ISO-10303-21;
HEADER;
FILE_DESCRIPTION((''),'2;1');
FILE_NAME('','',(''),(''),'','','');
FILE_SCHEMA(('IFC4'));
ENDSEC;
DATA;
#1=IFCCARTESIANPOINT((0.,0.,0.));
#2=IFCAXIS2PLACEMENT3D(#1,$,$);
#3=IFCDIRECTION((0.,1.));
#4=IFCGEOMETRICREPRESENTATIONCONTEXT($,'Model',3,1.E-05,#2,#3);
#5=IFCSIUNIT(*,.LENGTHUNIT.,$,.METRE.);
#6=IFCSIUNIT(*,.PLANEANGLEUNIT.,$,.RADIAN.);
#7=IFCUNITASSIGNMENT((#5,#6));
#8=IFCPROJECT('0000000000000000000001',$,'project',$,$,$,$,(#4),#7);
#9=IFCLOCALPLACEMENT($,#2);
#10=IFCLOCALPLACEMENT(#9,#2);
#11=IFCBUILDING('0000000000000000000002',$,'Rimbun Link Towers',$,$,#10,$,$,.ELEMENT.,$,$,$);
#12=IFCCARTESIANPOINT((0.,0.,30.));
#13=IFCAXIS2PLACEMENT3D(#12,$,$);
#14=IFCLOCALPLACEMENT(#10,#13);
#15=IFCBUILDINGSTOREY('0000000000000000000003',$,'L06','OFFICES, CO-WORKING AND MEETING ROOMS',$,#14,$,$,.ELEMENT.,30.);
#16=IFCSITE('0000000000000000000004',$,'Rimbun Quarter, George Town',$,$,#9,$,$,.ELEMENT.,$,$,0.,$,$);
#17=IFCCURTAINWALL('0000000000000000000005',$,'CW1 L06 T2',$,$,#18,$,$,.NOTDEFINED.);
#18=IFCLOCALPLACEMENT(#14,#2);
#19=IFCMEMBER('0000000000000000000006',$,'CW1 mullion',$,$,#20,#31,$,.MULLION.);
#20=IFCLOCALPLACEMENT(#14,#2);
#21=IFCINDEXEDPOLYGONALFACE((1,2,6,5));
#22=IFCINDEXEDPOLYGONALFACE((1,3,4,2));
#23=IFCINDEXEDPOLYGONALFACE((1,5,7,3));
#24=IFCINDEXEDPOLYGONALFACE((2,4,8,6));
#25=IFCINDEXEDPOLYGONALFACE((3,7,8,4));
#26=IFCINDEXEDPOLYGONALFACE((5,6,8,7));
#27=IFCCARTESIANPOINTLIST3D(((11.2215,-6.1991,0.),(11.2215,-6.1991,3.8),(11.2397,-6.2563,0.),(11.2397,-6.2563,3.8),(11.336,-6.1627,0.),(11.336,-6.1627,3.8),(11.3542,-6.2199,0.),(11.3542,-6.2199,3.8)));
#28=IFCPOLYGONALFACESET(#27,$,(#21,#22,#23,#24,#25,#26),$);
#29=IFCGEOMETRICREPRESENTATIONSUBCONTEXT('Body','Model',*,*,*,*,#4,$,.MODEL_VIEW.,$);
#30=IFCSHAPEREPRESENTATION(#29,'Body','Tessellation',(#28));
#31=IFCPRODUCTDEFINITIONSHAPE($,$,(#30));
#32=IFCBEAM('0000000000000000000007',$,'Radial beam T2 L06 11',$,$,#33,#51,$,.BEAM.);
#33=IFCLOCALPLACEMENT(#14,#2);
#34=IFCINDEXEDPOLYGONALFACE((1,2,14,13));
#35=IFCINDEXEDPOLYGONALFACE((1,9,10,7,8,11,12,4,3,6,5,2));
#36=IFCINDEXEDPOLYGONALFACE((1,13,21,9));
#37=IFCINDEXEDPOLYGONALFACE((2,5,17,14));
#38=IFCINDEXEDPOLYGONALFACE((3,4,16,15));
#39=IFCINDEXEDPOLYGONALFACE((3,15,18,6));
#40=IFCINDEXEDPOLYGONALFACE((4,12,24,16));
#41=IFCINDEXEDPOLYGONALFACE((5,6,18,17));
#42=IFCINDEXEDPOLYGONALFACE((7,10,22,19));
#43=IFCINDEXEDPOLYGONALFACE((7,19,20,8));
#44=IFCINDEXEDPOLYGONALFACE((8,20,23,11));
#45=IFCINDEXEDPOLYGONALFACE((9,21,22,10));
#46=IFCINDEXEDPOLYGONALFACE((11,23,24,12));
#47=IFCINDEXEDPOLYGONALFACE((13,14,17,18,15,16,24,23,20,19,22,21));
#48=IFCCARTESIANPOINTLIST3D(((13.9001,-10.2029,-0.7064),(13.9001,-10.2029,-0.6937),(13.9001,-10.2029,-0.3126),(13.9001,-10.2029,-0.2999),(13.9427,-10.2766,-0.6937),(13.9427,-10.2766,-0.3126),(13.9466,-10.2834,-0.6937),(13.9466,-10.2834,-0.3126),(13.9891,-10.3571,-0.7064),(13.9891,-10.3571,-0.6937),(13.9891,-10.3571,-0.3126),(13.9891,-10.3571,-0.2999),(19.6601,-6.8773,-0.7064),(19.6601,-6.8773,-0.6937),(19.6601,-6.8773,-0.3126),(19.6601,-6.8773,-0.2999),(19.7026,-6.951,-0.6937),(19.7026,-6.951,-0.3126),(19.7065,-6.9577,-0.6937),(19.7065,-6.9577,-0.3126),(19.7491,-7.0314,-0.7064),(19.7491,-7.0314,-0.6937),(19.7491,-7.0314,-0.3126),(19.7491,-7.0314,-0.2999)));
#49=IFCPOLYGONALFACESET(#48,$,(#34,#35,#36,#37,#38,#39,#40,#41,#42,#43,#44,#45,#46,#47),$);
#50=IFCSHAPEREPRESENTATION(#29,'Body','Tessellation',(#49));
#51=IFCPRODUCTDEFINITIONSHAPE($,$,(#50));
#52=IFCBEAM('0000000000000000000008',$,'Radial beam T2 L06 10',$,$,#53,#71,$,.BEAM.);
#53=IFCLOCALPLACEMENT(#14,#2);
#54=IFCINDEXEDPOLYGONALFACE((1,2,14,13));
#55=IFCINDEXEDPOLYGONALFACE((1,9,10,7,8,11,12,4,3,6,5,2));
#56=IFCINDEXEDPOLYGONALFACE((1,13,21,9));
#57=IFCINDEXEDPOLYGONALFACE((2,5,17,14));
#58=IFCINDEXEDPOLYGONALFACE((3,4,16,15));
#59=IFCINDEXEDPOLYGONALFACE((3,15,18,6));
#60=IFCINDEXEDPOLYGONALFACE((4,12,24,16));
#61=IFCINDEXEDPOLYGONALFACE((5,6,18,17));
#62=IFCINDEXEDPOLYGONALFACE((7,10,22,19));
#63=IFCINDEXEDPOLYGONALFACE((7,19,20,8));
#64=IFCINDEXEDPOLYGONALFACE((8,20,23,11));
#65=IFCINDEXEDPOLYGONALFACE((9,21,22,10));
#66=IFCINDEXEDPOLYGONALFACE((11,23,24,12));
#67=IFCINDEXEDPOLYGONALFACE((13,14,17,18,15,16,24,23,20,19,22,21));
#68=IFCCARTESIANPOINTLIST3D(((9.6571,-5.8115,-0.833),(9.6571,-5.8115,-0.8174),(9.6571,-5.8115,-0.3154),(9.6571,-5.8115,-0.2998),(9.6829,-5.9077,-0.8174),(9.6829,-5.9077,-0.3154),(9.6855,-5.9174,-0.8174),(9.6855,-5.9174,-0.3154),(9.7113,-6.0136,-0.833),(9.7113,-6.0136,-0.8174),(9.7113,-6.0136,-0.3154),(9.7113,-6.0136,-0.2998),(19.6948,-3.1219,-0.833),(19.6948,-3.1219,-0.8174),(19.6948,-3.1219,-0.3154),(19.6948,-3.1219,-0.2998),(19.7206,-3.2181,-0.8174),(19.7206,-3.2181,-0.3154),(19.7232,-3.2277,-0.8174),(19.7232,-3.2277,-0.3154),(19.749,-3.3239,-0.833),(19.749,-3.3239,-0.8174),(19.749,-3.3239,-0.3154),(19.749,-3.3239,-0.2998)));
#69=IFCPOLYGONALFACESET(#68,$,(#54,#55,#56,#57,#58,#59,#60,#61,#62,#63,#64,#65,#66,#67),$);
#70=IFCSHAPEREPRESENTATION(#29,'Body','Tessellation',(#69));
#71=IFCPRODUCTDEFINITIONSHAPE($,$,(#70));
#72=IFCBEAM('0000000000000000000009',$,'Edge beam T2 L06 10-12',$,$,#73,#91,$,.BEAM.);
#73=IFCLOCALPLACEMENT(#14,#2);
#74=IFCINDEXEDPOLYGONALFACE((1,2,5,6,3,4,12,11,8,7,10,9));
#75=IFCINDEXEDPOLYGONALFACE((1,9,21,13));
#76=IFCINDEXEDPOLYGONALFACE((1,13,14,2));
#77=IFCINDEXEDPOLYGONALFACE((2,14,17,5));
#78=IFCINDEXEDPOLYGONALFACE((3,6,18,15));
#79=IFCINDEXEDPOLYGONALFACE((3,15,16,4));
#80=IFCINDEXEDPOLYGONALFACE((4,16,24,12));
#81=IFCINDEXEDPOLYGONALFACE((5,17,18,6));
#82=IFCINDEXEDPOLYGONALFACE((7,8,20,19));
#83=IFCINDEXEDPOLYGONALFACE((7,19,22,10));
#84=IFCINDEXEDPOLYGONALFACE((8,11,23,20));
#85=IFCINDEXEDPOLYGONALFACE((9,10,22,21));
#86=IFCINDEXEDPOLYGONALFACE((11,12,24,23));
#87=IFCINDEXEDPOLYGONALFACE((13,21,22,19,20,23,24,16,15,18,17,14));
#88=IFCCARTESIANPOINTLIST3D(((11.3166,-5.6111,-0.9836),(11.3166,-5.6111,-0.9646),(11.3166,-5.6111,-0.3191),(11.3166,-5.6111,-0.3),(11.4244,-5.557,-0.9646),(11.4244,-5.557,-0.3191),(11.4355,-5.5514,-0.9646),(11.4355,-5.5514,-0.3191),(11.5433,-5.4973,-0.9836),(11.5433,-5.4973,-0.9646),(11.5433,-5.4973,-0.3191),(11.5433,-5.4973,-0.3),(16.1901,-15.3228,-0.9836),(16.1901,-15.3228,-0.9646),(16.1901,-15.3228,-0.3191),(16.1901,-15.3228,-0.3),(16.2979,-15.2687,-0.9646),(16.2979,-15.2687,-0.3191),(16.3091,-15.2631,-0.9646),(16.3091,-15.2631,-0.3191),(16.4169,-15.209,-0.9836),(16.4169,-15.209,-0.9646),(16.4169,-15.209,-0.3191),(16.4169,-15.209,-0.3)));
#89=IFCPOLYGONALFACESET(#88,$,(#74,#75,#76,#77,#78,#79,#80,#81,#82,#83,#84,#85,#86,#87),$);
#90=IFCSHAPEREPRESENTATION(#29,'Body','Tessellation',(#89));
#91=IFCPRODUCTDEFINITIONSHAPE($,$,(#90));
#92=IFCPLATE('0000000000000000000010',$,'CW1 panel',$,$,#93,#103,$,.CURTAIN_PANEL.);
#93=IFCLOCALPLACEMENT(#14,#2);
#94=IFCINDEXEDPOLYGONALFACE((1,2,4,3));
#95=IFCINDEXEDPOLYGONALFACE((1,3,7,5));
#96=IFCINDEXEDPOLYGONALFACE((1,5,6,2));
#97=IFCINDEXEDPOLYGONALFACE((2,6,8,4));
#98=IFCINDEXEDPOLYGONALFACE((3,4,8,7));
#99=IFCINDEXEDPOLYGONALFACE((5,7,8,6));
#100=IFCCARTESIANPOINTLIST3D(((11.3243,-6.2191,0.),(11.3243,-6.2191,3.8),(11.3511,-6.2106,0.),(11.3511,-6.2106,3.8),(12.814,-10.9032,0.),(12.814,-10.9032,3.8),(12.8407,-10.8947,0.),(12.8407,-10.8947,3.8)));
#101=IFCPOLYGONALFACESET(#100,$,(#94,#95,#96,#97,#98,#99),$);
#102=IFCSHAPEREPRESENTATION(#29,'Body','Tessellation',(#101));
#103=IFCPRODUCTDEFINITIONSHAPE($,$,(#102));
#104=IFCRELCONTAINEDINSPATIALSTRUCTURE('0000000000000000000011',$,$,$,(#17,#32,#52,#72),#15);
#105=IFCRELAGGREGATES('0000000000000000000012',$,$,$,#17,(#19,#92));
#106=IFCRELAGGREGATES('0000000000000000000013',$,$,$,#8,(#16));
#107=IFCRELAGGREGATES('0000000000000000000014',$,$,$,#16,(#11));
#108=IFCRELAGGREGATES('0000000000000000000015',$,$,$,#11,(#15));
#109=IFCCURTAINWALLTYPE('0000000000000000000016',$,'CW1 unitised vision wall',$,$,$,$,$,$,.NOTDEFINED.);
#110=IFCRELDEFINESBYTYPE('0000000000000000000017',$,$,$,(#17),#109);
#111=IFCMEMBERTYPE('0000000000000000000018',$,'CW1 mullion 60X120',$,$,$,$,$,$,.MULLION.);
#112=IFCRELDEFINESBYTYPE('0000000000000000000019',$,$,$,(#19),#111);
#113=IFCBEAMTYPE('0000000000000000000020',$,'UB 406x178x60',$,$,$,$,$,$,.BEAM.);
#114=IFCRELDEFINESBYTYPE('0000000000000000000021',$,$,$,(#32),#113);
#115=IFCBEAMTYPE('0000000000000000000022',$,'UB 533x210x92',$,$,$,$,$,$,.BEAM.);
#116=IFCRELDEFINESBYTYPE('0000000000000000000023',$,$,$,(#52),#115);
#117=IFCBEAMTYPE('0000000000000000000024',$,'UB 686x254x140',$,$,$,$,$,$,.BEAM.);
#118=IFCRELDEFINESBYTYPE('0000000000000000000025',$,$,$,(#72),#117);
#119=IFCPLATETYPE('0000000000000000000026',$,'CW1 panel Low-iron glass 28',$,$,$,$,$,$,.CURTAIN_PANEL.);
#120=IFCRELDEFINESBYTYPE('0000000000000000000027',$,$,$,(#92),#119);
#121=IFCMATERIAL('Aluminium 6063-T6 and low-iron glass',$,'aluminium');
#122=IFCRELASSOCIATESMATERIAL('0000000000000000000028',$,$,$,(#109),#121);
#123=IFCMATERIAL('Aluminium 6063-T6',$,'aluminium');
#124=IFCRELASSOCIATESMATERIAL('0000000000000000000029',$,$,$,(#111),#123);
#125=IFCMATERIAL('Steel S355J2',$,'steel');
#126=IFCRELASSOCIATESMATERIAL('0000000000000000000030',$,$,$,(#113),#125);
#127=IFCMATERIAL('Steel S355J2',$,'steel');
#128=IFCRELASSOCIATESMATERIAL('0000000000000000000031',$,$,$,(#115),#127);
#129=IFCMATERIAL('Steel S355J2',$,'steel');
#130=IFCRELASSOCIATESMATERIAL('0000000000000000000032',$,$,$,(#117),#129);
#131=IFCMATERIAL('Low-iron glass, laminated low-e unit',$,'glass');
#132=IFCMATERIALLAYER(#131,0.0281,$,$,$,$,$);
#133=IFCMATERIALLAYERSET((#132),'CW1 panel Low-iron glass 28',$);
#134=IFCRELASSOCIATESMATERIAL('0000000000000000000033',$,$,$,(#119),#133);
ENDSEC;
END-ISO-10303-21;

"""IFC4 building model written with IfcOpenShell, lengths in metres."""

from ifc_helpers import new_model, si_unit, direction, frame, origin, origin_2d, place, context, subcontext, project, spatial, rectangle, i_section, extrude, material, layer, layer_set, material_profile, profile_set, type_object, element, aggregate, save


model = new_model("IFC4")

# Units and contexts
model_context = context("Model", 3, precision=1e-05, world=origin(), true_north=direction((0.0, 1.0)))
body_context = subcontext(model_context, "Body", "Model", "MODEL_VIEW")
ifc_project = project(units=[si_unit("LENGTHUNIT", "METRE"), si_unit("PLANEANGLEUNIT", "RADIAN")], contexts=[model_context])

# Site, building, storey
site_placement = place(None, origin())
site = spatial("IfcSite", under=ifc_project, at=site_placement, Name="Rimbun Quarter, George Town", CompositionType="ELEMENT", RefElevation=0.0)
building_placement = place(site_placement, origin())
building = spatial("IfcBuilding", under=site, at=building_placement, Name="Rimbun Link Towers", CompositionType="ELEMENT")
storey_placement = place(building_placement, frame((0.0, 0.0, 30.0)))
storey = spatial("IfcBuildingStorey", under=building, at=storey_placement, Name="L06", Description="OFFICES, CO-WORKING AND MEETING ROOMS", CompositionType="ELEMENT", Elevation=30.0)

# Curtain wall, member
ifc_material_1 = material(Name="Aluminium 6063-T6 and low-iron glass", Category="aluminium")
curtain_wall_type = type_object("IfcCurtainWallType", Name="CW1 unitised vision wall", PredefinedType="NOTDEFINED", material=ifc_material_1)
curtain_wall_placement = place(storey_placement, origin())
curtain_wall = element("IfcCurtainWall", 1, at=curtain_wall_placement, inside=storey, type_object=curtain_wall_type, Name="CW1 L06 T2", PredefinedType="NOTDEFINED")
ifc_material_2 = material(Name="Aluminium 6063-T6", Category="aluminium")
ifc_material_profile_1 = material_profile(ifc_material_2, rectangle(XDim=0.1201, YDim=0.0601, at=origin_2d()), Name="MULLION 60X120")
ifc_profile_set_1 = profile_set([ifc_material_profile_1], Name="Aluminium 6063-T6")
member_type = type_object("IfcMemberType", Name="CW1 mullion 60X120", PredefinedType="MULLION", material=ifc_profile_set_1)
member_placement = place(storey_placement, frame((11.2878, -6.2095, 0.0), z_axis=(0.0, 0.0, 1.0), x_axis=(-0.952967, -0.303074, 0.0)))
member = element("IfcMember", 2, at=member_placement, type_object=member_type, Name="CW1 mullion", PredefinedType="MULLION", context=body_context, shape_type="SweptSolid", body=[
    extrude(rectangle(XDim=0.1201, YDim=0.0601, at=origin_2d()), origin(), (0.0, 0.0, 1.0), 3.8),
])

# Beams
ifc_material_3 = material(Name="Steel S355J2", Category="steel")
ifc_material_profile_2 = material_profile(ifc_material_3, i_section(OverallWidth=0.178, OverallDepth=0.4065, WebThickness=0.0078, FlangeThickness=0.0127, at=origin_2d()), Name="UB 406x178x60")
ifc_profile_set_2 = profile_set([ifc_material_profile_2], Name="Steel S355J2")
beam_type_1 = type_object("IfcBeamType", Name="UB 406x178x60", PredefinedType="BEAM", material=ifc_profile_set_2)
beam_1_placement = place(storey_placement, frame((19.7046, -6.9543, -0.5032), z_axis=(-0.866016, -0.500016, 0.0), x_axis=(0.500016, -0.866016, 0.0)))
element("IfcBeam", 3, at=beam_1_placement, inside=storey, type_object=beam_type_1, Name="Radial beam T2 L06 11", PredefinedType="BEAM", context=body_context, shape_type="SweptSolid", body=[
    extrude(i_section(OverallWidth=0.178, OverallDepth=0.4065, WebThickness=0.0078, FlangeThickness=0.0127, at=origin_2d()), origin(), (0.0, 0.0, 1.0), 6.6511),
])
ifc_material_4 = material(Name="Steel S355J2", Category="steel")
ifc_material_profile_3 = material_profile(ifc_material_4, i_section(OverallWidth=0.2092, OverallDepth=0.5332, WebThickness=0.01, FlangeThickness=0.0156, at=origin_2d()), Name="UB 533x210x92")
ifc_profile_set_3 = profile_set([ifc_material_profile_3], Name="Steel S355J2")
beam_type_2 = type_object("IfcBeamType", Name="UB 533x210x92", PredefinedType="BEAM", material=ifc_profile_set_3)
beam_2_placement = place(storey_placement, frame((19.7219, -3.2229, -0.5664), z_axis=(-0.965924, -0.258825, 0.0), x_axis=(0.258825, -0.965924, 0.0)))
element("IfcBeam", 4, at=beam_2_placement, inside=storey, type_object=beam_type_2, Name="Radial beam T2 L06 10", PredefinedType="BEAM", context=body_context, shape_type="SweptSolid", body=[
    extrude(i_section(OverallWidth=0.2092, OverallDepth=0.5332, WebThickness=0.01, FlangeThickness=0.0156, at=origin_2d()), origin(), (0.0, 0.0, 1.0), 10.3918),
])
ifc_material_5 = material(Name="Steel S355J2", Category="steel")
ifc_material_profile_4 = material_profile(ifc_material_5, i_section(OverallWidth=0.2537, OverallDepth=0.6836, WebThickness=0.0125, FlangeThickness=0.019, at=origin_2d()), Name="UB 686x254x140")
ifc_profile_set_4 = profile_set([ifc_material_profile_4], Name="Steel S355J2")
beam_type_3 = type_object("IfcBeamType", Name="UB 686x254x140", PredefinedType="BEAM", material=ifc_profile_set_4)
beam_3_placement = place(storey_placement, frame((11.4299, -5.5542, -0.6418), z_axis=(0.448516, -0.893775, 0.0), x_axis=(0.893775, 0.448516, 0.0)))
element("IfcBeam", 5, at=beam_3_placement, inside=storey, type_object=beam_type_3, Name="Edge beam T2 L06 10-12", PredefinedType="BEAM", context=body_context, shape_type="SweptSolid", body=[
    extrude(i_section(OverallWidth=0.2537, OverallDepth=0.6836, WebThickness=0.0125, FlangeThickness=0.019, at=origin_2d()), origin(), (0.0, 0.0, 1.0), 10.866),
])

# Plate
ifc_material_6 = material(Name="Low-iron glass, laminated low-e unit", Category="glass")
ifc_layer_1 = layer(ifc_material_6, 0.0281)
ifc_layer_set_1 = layer_set([ifc_layer_1], Name="CW1 panel Low-iron glass 28")
plate_type = type_object("IfcPlateType", Name="CW1 panel Low-iron glass 28", PredefinedType="CURTAIN_PANEL", material=ifc_layer_set_1)
plate_placement = place(storey_placement, frame((12.0825, -8.5569, 0.0), z_axis=(0.0, 0.0, 1.0), x_axis=(-0.303074, 0.952967, 0.0)))
plate = element("IfcPlate", 6, at=plate_placement, type_object=plate_type, Name="CW1 panel", PredefinedType="CURTAIN_PANEL", context=body_context, shape_type="SweptSolid", body=[
    extrude(rectangle(XDim=4.9153, YDim=0.0281, at=origin_2d()), origin(), (0.0, 0.0, 1.0), 3.8),
])
aggregate(curtain_wall, [member, plate])

save(model, "model.ifc")
